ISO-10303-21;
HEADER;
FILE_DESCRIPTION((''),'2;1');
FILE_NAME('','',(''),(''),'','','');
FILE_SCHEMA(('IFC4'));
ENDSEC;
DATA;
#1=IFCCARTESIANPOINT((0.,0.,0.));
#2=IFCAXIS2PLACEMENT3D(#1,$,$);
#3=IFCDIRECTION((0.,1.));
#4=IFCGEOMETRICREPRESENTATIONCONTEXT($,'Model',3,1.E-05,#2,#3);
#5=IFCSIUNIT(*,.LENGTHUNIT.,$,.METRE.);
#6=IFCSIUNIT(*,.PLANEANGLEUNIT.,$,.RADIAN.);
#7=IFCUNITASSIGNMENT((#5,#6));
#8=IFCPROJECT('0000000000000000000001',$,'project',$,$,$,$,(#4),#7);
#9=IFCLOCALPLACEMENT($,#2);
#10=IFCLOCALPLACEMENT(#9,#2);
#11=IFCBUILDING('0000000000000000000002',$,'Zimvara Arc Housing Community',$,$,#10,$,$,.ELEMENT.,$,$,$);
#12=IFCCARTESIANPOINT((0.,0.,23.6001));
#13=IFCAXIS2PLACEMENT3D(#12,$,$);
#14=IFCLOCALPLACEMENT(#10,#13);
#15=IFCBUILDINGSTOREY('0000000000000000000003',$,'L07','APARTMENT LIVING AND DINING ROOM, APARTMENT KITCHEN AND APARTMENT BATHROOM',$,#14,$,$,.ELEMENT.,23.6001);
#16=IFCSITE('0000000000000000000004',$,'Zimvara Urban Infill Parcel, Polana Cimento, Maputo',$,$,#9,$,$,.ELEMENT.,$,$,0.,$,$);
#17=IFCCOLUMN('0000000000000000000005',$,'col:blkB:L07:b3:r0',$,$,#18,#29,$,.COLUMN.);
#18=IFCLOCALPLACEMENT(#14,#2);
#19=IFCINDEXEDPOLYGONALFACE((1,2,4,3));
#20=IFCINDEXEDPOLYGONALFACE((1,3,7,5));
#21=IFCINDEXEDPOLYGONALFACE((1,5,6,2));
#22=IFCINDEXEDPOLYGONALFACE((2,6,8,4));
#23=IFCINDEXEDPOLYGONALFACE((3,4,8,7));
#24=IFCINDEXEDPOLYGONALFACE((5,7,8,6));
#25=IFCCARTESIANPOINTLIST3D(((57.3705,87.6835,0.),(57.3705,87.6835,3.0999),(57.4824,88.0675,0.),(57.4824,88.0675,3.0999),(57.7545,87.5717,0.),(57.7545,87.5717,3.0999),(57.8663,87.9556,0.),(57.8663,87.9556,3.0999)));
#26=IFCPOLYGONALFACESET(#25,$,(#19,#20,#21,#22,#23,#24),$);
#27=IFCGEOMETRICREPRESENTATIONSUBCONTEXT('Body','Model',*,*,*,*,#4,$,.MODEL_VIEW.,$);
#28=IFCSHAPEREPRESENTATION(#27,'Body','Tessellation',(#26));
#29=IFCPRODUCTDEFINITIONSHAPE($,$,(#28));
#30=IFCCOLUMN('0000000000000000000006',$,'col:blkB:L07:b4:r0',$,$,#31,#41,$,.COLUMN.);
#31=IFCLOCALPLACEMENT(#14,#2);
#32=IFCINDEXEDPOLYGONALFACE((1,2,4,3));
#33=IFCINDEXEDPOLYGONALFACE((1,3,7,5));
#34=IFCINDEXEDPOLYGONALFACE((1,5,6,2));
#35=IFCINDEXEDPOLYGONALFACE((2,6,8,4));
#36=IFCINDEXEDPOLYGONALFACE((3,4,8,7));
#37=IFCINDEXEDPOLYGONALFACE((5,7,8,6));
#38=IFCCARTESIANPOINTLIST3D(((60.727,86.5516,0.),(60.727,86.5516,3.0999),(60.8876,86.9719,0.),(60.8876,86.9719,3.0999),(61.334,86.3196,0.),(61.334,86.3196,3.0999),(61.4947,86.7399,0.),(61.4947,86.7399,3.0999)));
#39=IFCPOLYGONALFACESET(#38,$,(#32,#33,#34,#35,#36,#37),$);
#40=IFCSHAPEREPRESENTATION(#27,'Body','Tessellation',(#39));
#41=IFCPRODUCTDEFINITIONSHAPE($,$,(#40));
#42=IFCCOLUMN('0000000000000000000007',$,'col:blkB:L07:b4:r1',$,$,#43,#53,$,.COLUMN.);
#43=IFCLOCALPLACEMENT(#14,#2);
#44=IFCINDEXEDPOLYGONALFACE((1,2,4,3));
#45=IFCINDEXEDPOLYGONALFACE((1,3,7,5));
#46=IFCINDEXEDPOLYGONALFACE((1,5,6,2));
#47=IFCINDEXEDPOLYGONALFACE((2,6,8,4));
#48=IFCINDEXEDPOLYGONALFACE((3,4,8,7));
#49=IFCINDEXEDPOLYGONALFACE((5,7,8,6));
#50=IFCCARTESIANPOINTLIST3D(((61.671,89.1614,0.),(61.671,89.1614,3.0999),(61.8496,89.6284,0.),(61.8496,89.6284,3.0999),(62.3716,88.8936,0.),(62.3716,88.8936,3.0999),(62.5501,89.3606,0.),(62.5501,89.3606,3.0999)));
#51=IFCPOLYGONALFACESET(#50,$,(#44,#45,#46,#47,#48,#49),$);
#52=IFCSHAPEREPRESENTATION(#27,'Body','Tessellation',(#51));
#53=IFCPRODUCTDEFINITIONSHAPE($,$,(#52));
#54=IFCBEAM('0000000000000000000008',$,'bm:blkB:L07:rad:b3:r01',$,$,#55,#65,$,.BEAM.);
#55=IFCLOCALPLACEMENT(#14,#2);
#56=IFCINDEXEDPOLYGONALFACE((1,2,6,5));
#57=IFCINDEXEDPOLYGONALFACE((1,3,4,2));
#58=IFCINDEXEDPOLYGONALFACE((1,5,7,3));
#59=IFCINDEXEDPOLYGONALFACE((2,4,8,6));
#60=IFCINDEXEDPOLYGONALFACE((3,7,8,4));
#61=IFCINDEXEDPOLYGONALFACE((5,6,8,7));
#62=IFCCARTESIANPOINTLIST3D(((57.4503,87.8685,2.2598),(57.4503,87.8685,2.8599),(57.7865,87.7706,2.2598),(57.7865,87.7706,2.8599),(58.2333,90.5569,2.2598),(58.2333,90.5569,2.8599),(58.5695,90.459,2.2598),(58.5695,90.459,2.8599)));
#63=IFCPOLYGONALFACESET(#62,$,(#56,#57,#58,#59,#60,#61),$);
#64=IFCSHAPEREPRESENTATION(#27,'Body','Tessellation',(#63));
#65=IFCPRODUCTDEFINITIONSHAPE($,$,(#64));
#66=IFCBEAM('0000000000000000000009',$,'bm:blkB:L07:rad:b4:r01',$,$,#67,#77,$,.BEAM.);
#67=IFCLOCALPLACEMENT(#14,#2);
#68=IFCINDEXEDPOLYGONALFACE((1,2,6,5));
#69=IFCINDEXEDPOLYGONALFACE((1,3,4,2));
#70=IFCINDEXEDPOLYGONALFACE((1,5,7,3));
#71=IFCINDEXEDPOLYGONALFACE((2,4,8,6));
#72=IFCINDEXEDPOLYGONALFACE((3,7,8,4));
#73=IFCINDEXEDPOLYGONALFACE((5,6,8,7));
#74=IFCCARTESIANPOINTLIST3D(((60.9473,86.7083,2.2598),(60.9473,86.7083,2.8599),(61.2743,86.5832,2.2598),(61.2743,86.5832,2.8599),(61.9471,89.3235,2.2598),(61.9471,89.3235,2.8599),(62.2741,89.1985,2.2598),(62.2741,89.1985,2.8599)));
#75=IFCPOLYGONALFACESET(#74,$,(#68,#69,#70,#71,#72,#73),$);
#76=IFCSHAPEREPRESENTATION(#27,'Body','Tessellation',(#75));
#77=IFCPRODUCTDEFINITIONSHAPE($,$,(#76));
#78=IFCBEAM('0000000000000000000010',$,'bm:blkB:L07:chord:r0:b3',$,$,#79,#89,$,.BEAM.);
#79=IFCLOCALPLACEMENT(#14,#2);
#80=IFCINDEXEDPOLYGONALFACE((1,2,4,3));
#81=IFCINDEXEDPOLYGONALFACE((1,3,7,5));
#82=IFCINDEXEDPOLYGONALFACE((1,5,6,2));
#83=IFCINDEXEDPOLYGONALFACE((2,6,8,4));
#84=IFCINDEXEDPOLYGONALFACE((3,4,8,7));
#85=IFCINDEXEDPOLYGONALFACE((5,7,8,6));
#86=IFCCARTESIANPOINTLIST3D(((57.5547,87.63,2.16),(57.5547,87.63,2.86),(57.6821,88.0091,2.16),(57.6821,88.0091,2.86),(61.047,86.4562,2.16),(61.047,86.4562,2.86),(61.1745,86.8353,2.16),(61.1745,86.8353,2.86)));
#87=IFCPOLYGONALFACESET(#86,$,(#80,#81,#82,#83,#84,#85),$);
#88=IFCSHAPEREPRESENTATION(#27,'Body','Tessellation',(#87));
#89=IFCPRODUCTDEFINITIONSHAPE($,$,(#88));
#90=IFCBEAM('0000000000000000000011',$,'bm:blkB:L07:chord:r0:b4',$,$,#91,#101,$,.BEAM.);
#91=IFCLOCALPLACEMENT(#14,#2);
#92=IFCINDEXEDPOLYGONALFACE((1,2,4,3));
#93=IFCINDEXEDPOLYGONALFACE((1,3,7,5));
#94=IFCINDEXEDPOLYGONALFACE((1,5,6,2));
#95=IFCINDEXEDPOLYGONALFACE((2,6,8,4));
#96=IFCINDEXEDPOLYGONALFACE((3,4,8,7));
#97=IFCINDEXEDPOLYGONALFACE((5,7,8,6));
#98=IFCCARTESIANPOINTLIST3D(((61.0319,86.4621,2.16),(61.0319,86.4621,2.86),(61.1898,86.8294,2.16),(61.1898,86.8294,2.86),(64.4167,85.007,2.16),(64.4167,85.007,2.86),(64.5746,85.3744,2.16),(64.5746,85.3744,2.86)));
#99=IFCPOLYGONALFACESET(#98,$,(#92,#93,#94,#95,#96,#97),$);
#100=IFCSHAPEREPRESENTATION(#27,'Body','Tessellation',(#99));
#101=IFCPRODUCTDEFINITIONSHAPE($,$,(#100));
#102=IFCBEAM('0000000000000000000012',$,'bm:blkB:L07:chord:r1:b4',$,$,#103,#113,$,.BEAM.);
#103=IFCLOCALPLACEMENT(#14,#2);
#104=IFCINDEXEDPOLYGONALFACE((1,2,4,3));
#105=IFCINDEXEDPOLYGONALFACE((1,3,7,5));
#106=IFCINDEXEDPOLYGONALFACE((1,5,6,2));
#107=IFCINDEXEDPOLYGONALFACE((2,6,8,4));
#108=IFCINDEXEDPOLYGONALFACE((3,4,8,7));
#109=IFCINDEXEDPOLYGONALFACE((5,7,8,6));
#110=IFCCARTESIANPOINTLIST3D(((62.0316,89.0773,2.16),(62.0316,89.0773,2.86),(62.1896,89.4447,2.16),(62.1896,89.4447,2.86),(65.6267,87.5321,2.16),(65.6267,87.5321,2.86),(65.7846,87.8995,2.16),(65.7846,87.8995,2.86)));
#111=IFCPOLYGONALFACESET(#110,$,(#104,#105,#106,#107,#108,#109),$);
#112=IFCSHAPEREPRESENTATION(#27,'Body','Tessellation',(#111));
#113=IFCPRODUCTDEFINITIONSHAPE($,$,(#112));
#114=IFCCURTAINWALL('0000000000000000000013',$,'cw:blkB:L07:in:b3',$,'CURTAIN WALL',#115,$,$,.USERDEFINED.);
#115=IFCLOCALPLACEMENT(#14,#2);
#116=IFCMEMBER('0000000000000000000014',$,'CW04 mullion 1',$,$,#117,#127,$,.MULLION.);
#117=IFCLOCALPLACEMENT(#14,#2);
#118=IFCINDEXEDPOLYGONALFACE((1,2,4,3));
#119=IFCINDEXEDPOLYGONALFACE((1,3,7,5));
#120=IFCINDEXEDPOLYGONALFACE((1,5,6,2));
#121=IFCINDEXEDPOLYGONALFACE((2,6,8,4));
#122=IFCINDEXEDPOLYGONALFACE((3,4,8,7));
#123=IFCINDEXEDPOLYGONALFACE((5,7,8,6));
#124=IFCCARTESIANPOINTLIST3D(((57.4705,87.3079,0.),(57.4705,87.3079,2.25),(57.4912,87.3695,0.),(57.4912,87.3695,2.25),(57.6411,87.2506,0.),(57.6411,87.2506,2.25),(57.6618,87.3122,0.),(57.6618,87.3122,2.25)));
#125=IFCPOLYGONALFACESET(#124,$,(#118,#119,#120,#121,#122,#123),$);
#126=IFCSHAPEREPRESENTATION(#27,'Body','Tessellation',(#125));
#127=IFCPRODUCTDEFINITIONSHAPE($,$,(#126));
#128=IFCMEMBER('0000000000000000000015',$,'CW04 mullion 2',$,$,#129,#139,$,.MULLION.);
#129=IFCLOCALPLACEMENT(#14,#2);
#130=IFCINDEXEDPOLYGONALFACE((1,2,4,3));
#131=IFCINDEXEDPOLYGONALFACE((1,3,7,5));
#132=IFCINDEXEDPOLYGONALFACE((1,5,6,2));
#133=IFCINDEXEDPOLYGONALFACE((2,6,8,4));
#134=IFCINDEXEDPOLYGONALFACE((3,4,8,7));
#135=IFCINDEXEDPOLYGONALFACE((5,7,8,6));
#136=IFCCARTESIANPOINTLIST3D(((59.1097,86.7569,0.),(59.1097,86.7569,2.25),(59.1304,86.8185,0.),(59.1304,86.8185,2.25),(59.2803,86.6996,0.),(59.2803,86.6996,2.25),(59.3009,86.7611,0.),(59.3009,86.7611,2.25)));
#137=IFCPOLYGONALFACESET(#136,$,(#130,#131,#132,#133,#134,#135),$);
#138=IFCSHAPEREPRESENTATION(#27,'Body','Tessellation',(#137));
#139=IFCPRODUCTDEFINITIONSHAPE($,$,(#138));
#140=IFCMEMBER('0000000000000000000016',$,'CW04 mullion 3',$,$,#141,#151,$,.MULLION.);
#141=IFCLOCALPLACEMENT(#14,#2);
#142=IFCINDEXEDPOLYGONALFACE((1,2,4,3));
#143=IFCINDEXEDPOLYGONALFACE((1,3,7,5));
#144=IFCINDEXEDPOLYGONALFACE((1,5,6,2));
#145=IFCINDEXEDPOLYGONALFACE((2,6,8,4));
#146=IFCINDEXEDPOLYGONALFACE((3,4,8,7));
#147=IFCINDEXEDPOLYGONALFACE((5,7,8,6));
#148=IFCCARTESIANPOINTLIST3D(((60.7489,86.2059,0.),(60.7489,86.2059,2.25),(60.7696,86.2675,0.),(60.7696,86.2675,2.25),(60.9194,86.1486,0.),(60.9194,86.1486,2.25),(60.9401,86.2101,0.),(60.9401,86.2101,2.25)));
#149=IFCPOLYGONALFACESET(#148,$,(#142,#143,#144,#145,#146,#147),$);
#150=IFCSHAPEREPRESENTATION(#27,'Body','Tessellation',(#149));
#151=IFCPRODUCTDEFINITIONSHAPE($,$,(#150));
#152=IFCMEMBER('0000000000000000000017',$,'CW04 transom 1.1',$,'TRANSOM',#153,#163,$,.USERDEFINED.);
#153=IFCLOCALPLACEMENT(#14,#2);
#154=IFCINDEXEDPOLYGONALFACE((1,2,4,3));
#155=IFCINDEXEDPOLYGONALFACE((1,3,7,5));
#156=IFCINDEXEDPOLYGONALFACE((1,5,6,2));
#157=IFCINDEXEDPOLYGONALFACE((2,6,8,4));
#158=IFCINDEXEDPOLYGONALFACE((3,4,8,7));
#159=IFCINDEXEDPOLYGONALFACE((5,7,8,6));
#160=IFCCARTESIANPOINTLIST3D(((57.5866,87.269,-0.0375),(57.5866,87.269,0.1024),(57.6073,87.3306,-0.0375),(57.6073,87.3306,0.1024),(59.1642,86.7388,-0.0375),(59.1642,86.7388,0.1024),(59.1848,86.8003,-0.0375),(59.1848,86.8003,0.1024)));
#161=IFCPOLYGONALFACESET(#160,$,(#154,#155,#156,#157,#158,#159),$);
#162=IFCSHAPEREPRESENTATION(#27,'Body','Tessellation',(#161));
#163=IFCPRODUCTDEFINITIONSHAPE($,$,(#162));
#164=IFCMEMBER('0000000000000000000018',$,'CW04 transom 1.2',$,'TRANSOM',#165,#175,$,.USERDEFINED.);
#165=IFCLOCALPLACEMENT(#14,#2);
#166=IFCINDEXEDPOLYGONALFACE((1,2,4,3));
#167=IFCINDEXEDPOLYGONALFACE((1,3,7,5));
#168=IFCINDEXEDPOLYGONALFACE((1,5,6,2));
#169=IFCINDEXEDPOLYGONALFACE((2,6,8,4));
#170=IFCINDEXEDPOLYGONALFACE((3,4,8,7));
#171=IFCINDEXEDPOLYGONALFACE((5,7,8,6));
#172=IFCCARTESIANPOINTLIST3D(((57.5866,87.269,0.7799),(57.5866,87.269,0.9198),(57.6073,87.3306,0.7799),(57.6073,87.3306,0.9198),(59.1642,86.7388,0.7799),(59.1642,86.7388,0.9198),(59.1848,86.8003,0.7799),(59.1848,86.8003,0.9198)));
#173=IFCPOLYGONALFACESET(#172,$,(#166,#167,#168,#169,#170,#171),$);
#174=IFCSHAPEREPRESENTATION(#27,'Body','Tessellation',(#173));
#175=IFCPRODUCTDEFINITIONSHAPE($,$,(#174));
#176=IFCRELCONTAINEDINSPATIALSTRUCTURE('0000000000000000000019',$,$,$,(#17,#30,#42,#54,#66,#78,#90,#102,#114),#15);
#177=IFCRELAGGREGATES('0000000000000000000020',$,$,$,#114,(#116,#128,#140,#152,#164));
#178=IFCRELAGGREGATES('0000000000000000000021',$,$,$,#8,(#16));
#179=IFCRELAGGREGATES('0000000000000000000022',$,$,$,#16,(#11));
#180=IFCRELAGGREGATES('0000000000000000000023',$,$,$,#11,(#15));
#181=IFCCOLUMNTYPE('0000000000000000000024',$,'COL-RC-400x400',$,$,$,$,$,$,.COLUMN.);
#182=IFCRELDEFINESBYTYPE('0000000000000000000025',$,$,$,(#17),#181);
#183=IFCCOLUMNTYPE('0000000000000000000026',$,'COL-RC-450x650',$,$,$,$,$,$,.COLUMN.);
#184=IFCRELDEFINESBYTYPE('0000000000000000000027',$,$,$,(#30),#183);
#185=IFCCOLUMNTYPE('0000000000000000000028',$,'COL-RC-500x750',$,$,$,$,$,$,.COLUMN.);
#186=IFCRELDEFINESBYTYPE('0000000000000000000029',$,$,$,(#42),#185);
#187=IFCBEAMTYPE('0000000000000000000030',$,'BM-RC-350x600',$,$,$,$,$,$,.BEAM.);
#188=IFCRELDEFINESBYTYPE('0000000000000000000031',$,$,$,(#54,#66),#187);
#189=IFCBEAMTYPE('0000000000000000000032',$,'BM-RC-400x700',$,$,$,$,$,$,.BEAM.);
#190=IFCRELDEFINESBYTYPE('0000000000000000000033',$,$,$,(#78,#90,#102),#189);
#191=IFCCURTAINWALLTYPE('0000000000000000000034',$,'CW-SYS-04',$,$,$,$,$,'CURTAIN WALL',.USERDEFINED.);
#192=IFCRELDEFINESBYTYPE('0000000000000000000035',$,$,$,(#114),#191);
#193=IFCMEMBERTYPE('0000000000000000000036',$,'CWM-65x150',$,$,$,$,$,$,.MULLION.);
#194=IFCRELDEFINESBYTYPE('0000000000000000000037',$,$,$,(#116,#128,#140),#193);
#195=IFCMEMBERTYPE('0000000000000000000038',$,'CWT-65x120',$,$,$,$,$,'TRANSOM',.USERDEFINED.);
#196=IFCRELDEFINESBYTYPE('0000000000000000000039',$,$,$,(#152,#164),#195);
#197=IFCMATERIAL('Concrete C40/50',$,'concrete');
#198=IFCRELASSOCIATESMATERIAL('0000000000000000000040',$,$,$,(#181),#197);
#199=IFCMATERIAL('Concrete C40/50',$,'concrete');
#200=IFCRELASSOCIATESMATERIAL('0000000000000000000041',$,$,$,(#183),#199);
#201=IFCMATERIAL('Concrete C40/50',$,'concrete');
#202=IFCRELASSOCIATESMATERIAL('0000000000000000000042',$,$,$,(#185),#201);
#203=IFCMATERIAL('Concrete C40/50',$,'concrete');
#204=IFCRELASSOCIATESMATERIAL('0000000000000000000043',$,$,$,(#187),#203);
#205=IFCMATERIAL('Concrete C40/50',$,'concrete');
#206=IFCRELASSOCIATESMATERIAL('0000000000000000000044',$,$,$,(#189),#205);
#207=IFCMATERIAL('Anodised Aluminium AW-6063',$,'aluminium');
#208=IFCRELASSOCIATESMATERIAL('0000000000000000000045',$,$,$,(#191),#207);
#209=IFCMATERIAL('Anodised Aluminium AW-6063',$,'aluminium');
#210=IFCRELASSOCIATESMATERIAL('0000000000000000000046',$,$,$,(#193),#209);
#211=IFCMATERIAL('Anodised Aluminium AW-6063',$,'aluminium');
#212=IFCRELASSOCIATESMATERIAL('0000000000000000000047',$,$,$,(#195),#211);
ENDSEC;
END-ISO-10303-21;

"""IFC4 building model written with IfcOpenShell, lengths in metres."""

from ifc_helpers import new_model, si_unit, direction, frame, origin, origin_2d, place, context, subcontext, project, spatial, rectangle, extrude, material, material_profile, profile_set, type_object, element, aggregate, save


model = new_model("IFC4")

# Units and contexts
model_context = context("Model", 3, precision=1e-05, world=origin(), true_north=direction((0.0, 1.0)))
body_context = subcontext(model_context, "Body", "Model", "MODEL_VIEW")
ifc_project = project(units=[si_unit("LENGTHUNIT", "METRE"), si_unit("PLANEANGLEUNIT", "RADIAN")], contexts=[model_context])

# Site, building, storey
site_placement = place(None, origin())
site = spatial("IfcSite", under=ifc_project, at=site_placement, Name="Zimvara Urban Infill Parcel, Polana Cimento, Maputo", CompositionType="ELEMENT", RefElevation=0.0)
building_placement = place(site_placement, origin())
building = spatial("IfcBuilding", under=site, at=building_placement, Name="Zimvara Arc Housing Community", CompositionType="ELEMENT")
storey_placement = place(building_placement, frame((0.0, 0.0, 23.6001)))
storey = spatial("IfcBuildingStorey", under=building, at=storey_placement, Name="L07", Description="APARTMENT LIVING AND DINING ROOM, APARTMENT KITCHEN AND APARTMENT BATHROOM", CompositionType="ELEMENT", Elevation=23.6001)

# Columns
ifc_material_1 = material(Name="Concrete C40/50", Category="concrete")
ifc_material_profile_1 = material_profile(ifc_material_1, rectangle(XDim=0.3999, YDim=0.3999, at=origin_2d()), Name="RC 400x400")
ifc_profile_set_1 = profile_set([ifc_material_profile_1], Name="Concrete C40/50")
column_type_1 = type_object("IfcColumnType", Name="COL-RC-400x400", PredefinedType="COLUMN", material=ifc_profile_set_1)
column_1_placement = place(storey_placement, frame((57.6184, 87.8196, 0.0), z_axis=(0.0, 0.0, 1.0), x_axis=(0.279661, 0.960099, 0.0)))
element("IfcColumn", 1, at=column_1_placement, inside=storey, type_object=column_type_1, Name="col:blkB:L07:b3:r0", PredefinedType="COLUMN", context=body_context, shape_type="SweptSolid", body=[
    extrude(rectangle(XDim=0.3999, YDim=0.3999, at=origin_2d()), origin(), (0.0, 0.0, 1.0), 3.0999),
])
ifc_material_2 = material(Name="Concrete C40/50", Category="concrete")
ifc_material_profile_2 = material_profile(ifc_material_2, rectangle(XDim=0.45, YDim=0.6499, at=origin_2d()), Name="RC 450x650")
ifc_profile_set_2 = profile_set([ifc_material_profile_2], Name="Concrete C40/50")
column_type_2 = type_object("IfcColumnType", Name="COL-RC-450x650", PredefinedType="COLUMN", material=ifc_profile_set_2)
column_2_placement = place(storey_placement, frame((61.1108, 86.6458, 0.0), z_axis=(0.0, 0.0, 1.0), x_axis=(0.357064, 0.93408, 0.0)))
element("IfcColumn", 2, at=column_2_placement, inside=storey, type_object=column_type_2, Name="col:blkB:L07:b4:r0", PredefinedType="COLUMN", context=body_context, shape_type="SweptSolid", body=[
    extrude(rectangle(XDim=0.45, YDim=0.6499, at=origin_2d()), origin(), (0.0, 0.0, 1.0), 3.0999),
])
ifc_material_3 = material(Name="Concrete C40/50", Category="concrete")
ifc_material_profile_3 = material_profile(ifc_material_3, rectangle(XDim=0.5, YDim=0.75, at=origin_2d()), Name="RC 500x750")
ifc_profile_set_3 = profile_set([ifc_material_profile_3], Name="Concrete C40/50")
column_type_3 = type_object("IfcColumnType", Name="COL-RC-500x750", PredefinedType="COLUMN", material=ifc_profile_set_3)
column_3_placement = place(storey_placement, frame((62.1106, 89.261, 0.0), z_axis=(0.0, 0.0, 1.0), x_axis=(0.357064, 0.93408, 0.0)))
element("IfcColumn", 3, at=column_3_placement, inside=storey, type_object=column_type_3, Name="col:blkB:L07:b4:r1", PredefinedType="COLUMN", context=body_context, shape_type="SweptSolid", body=[
    extrude(rectangle(XDim=0.5, YDim=0.75, at=origin_2d()), origin(), (0.0, 0.0, 1.0), 3.0999),
])

# Beams
ifc_material_4 = material(Name="Concrete C40/50", Category="concrete")
ifc_material_profile_4 = material_profile(ifc_material_4, rectangle(XDim=0.3501, YDim=0.6001, at=origin_2d()), Name="RC 350x600")
ifc_profile_set_4 = profile_set([ifc_material_profile_4], Name="Concrete C40/50")
beam_type_1 = type_object("IfcBeamType", Name="BM-RC-350x600", PredefinedType="BEAM", material=ifc_profile_set_4)
beam_1_placement = place(storey_placement, frame((57.6184, 87.8196, 2.5598), z_axis=(0.279635, 0.960106, 0.0), x_axis=(-0.960106, 0.279635, 0.0)))
element("IfcBeam", 4, at=beam_1_placement, inside=storey, type_object=beam_type_1, Name="bm:blkB:L07:rad:b3:r01", PredefinedType="BEAM", context=body_context, shape_type="SweptSolid", body=[
    extrude(rectangle(XDim=0.3501, YDim=0.6001, at=origin_2d()), origin(), (0.0, 0.0, 1.0), 2.8),
])
beam_2_placement = place(storey_placement, frame((61.1108, 86.6458, 2.5598), z_axis=(0.357079, 0.934074, 0.0), x_axis=(-0.934074, 0.357079, 0.0)))
element("IfcBeam", 5, at=beam_2_placement, inside=storey, type_object=beam_type_1, Name="bm:blkB:L07:rad:b4:r01", PredefinedType="BEAM", context=body_context, shape_type="SweptSolid", body=[
    extrude(rectangle(XDim=0.3501, YDim=0.6001, at=origin_2d()), origin(), (0.0, 0.0, 1.0), 2.7998),
])
ifc_material_5 = material(Name="Concrete C40/50", Category="concrete")
ifc_material_profile_5 = material_profile(ifc_material_5, rectangle(XDim=0.3999, YDim=0.7, at=origin_2d()), Name="RC 400x700")
ifc_profile_set_5 = profile_set([ifc_material_profile_5], Name="Concrete C40/50")
beam_type_2 = type_object("IfcBeamType", Name="BM-RC-400x700", PredefinedType="BEAM", material=ifc_profile_set_5)
for number, where, z_axis, x_axis, name in (
    (6, (57.6184, 87.8196, 2.51), (0.947892, -0.318592, 0.0), (0.318592, 0.947892, 0.0), "bm:blkB:L07:chord:r0:b3"),
    (7, (61.1108, 86.6458, 2.51), (0.918706, -0.394943, 0.0), (0.394943, 0.918706, 0.0), "bm:blkB:L07:chord:r0:b4"),
):
    element("IfcBeam", number, at=place(storey_placement, frame(where, z_axis=z_axis, x_axis=x_axis)), inside=storey, type_object=beam_type_2, Name=name, PredefinedType="BEAM", context=body_context, shape_type="SweptSolid", body=[
        extrude(rectangle(XDim=0.3999, YDim=0.7, at=origin_2d()), origin(), (0.0, 0.0, 1.0), 3.6843),
    ])
beam_3_placement = place(storey_placement, frame((62.1106, 89.261, 2.51), z_axis=(0.918731, -0.394883, 0.0), x_axis=(0.394883, 0.918731, 0.0)))
element("IfcBeam", 8, at=beam_3_placement, inside=storey, type_object=beam_type_2, Name="bm:blkB:L07:chord:r1:b4", PredefinedType="BEAM", context=body_context, shape_type="SweptSolid", body=[
    extrude(rectangle(XDim=0.3999, YDim=0.7, at=origin_2d()), origin(), (0.0, 0.0, 1.0), 3.9131),
])

# Curtain wall, members
ifc_material_6 = material(Name="Anodised Aluminium AW-6063", Category="aluminium")
curtain_wall_type = type_object("IfcCurtainWallType", Name="CW-SYS-04", ElementType="CURTAIN WALL", PredefinedType="USERDEFINED", material=ifc_material_6)
curtain_wall_placement = place(storey_placement, origin())
curtain_wall = element("IfcCurtainWall", 9, at=curtain_wall_placement, inside=storey, type_object=curtain_wall_type, Name="cw:blkB:L07:in:b3", ObjectType="CURTAIN WALL", PredefinedType="USERDEFINED")
ifc_material_7 = material(Name="Anodised Aluminium AW-6063", Category="aluminium")
ifc_material_profile_6 = material_profile(ifc_material_7, rectangle(XDim=0.0649, YDim=0.1799, at=origin_2d()), Name="ALU 65x180")
ifc_profile_set_6 = profile_set([ifc_material_profile_6], Name="Anodised Aluminium AW-6063")
member_type_1 = type_object("IfcMemberType", Name="CWM-65x150", PredefinedType="MULLION", material=ifc_profile_set_6)
member_1_placement = place(storey_placement, frame((57.5662, 87.3101, 0.0), z_axis=(0.0, 0.0, 1.0), x_axis=(0.31863, 0.947879, 0.0)))
member_1 = element("IfcMember", 10, at=member_1_placement, type_object=member_type_1, Name="CW04 mullion 1", PredefinedType="MULLION", context=body_context, shape_type="SweptSolid", body=[
    extrude(rectangle(XDim=0.0649, YDim=0.1799, at=origin_2d()), origin(), (0.0, 0.0, 1.0), 2.25),
])
member_2_placement = place(storey_placement, frame((59.2053, 86.759, 0.0), z_axis=(0.0, 0.0, 1.0), x_axis=(0.31863, 0.947879, 0.0)))
member_2 = element("IfcMember", 11, at=member_2_placement, type_object=member_type_1, Name="CW04 mullion 2", PredefinedType="MULLION", context=body_context, shape_type="SweptSolid", body=[
    extrude(rectangle(XDim=0.0649, YDim=0.1799, at=origin_2d()), origin(), (0.0, 0.0, 1.0), 2.25),
])
member_3_placement = place(storey_placement, frame((60.8445, 86.208, 0.0), z_axis=(0.0, 0.0, 1.0), x_axis=(0.31863, 0.947879, 0.0)))
member_3 = element("IfcMember", 12, at=member_3_placement, type_object=member_type_1, Name="CW04 mullion 3", PredefinedType="MULLION", context=body_context, shape_type="SweptSolid", body=[
    extrude(rectangle(XDim=0.0649, YDim=0.1799, at=origin_2d()), origin(), (0.0, 0.0, 1.0), 2.25),
])
ifc_material_8 = material(Name="Anodised Aluminium AW-6063", Category="aluminium")
ifc_material_profile_7 = material_profile(ifc_material_8, rectangle(XDim=0.0649, YDim=0.1399, at=origin_2d()), Name="ALU 65x140")
ifc_profile_set_7 = profile_set([ifc_material_profile_7], Name="Anodised Aluminium AW-6063")
member_type_2 = type_object("IfcMemberType", Name="CWT-65x120", ElementType="TRANSOM", PredefinedType="USERDEFINED", material=ifc_profile_set_7)
member_4_placement = place(storey_placement, frame((57.5969, 87.2998, 0.0325), z_axis=(0.947888, -0.318603, 0.0), x_axis=(0.318603, 0.947888, 0.0)))
member_4 = element("IfcMember", 13, at=member_4_placement, type_object=member_type_2, Name="CW04 transom 1.1", ObjectType="TRANSOM", PredefinedType="USERDEFINED", context=body_context, shape_type="SweptSolid", body=[
    extrude(rectangle(XDim=0.0649, YDim=0.1399, at=origin_2d()), origin(), (0.0, 0.0, 1.0), 1.6643),
])
member_5_placement = place(storey_placement, frame((57.5969, 87.2998, 0.8499), z_axis=(0.947888, -0.318603, 0.0), x_axis=(0.318603, 0.947888, 0.0)))
member_5 = element("IfcMember", 14, at=member_5_placement, type_object=member_type_2, Name="CW04 transom 1.2", ObjectType="TRANSOM", PredefinedType="USERDEFINED", context=body_context, shape_type="SweptSolid", body=[
    extrude(rectangle(XDim=0.0649, YDim=0.1399, at=origin_2d()), origin(), (0.0, 0.0, 1.0), 1.6643),
])
aggregate(curtain_wall, [member_1, member_2, member_3, member_4, member_5])

save(model, "model.ifc")
